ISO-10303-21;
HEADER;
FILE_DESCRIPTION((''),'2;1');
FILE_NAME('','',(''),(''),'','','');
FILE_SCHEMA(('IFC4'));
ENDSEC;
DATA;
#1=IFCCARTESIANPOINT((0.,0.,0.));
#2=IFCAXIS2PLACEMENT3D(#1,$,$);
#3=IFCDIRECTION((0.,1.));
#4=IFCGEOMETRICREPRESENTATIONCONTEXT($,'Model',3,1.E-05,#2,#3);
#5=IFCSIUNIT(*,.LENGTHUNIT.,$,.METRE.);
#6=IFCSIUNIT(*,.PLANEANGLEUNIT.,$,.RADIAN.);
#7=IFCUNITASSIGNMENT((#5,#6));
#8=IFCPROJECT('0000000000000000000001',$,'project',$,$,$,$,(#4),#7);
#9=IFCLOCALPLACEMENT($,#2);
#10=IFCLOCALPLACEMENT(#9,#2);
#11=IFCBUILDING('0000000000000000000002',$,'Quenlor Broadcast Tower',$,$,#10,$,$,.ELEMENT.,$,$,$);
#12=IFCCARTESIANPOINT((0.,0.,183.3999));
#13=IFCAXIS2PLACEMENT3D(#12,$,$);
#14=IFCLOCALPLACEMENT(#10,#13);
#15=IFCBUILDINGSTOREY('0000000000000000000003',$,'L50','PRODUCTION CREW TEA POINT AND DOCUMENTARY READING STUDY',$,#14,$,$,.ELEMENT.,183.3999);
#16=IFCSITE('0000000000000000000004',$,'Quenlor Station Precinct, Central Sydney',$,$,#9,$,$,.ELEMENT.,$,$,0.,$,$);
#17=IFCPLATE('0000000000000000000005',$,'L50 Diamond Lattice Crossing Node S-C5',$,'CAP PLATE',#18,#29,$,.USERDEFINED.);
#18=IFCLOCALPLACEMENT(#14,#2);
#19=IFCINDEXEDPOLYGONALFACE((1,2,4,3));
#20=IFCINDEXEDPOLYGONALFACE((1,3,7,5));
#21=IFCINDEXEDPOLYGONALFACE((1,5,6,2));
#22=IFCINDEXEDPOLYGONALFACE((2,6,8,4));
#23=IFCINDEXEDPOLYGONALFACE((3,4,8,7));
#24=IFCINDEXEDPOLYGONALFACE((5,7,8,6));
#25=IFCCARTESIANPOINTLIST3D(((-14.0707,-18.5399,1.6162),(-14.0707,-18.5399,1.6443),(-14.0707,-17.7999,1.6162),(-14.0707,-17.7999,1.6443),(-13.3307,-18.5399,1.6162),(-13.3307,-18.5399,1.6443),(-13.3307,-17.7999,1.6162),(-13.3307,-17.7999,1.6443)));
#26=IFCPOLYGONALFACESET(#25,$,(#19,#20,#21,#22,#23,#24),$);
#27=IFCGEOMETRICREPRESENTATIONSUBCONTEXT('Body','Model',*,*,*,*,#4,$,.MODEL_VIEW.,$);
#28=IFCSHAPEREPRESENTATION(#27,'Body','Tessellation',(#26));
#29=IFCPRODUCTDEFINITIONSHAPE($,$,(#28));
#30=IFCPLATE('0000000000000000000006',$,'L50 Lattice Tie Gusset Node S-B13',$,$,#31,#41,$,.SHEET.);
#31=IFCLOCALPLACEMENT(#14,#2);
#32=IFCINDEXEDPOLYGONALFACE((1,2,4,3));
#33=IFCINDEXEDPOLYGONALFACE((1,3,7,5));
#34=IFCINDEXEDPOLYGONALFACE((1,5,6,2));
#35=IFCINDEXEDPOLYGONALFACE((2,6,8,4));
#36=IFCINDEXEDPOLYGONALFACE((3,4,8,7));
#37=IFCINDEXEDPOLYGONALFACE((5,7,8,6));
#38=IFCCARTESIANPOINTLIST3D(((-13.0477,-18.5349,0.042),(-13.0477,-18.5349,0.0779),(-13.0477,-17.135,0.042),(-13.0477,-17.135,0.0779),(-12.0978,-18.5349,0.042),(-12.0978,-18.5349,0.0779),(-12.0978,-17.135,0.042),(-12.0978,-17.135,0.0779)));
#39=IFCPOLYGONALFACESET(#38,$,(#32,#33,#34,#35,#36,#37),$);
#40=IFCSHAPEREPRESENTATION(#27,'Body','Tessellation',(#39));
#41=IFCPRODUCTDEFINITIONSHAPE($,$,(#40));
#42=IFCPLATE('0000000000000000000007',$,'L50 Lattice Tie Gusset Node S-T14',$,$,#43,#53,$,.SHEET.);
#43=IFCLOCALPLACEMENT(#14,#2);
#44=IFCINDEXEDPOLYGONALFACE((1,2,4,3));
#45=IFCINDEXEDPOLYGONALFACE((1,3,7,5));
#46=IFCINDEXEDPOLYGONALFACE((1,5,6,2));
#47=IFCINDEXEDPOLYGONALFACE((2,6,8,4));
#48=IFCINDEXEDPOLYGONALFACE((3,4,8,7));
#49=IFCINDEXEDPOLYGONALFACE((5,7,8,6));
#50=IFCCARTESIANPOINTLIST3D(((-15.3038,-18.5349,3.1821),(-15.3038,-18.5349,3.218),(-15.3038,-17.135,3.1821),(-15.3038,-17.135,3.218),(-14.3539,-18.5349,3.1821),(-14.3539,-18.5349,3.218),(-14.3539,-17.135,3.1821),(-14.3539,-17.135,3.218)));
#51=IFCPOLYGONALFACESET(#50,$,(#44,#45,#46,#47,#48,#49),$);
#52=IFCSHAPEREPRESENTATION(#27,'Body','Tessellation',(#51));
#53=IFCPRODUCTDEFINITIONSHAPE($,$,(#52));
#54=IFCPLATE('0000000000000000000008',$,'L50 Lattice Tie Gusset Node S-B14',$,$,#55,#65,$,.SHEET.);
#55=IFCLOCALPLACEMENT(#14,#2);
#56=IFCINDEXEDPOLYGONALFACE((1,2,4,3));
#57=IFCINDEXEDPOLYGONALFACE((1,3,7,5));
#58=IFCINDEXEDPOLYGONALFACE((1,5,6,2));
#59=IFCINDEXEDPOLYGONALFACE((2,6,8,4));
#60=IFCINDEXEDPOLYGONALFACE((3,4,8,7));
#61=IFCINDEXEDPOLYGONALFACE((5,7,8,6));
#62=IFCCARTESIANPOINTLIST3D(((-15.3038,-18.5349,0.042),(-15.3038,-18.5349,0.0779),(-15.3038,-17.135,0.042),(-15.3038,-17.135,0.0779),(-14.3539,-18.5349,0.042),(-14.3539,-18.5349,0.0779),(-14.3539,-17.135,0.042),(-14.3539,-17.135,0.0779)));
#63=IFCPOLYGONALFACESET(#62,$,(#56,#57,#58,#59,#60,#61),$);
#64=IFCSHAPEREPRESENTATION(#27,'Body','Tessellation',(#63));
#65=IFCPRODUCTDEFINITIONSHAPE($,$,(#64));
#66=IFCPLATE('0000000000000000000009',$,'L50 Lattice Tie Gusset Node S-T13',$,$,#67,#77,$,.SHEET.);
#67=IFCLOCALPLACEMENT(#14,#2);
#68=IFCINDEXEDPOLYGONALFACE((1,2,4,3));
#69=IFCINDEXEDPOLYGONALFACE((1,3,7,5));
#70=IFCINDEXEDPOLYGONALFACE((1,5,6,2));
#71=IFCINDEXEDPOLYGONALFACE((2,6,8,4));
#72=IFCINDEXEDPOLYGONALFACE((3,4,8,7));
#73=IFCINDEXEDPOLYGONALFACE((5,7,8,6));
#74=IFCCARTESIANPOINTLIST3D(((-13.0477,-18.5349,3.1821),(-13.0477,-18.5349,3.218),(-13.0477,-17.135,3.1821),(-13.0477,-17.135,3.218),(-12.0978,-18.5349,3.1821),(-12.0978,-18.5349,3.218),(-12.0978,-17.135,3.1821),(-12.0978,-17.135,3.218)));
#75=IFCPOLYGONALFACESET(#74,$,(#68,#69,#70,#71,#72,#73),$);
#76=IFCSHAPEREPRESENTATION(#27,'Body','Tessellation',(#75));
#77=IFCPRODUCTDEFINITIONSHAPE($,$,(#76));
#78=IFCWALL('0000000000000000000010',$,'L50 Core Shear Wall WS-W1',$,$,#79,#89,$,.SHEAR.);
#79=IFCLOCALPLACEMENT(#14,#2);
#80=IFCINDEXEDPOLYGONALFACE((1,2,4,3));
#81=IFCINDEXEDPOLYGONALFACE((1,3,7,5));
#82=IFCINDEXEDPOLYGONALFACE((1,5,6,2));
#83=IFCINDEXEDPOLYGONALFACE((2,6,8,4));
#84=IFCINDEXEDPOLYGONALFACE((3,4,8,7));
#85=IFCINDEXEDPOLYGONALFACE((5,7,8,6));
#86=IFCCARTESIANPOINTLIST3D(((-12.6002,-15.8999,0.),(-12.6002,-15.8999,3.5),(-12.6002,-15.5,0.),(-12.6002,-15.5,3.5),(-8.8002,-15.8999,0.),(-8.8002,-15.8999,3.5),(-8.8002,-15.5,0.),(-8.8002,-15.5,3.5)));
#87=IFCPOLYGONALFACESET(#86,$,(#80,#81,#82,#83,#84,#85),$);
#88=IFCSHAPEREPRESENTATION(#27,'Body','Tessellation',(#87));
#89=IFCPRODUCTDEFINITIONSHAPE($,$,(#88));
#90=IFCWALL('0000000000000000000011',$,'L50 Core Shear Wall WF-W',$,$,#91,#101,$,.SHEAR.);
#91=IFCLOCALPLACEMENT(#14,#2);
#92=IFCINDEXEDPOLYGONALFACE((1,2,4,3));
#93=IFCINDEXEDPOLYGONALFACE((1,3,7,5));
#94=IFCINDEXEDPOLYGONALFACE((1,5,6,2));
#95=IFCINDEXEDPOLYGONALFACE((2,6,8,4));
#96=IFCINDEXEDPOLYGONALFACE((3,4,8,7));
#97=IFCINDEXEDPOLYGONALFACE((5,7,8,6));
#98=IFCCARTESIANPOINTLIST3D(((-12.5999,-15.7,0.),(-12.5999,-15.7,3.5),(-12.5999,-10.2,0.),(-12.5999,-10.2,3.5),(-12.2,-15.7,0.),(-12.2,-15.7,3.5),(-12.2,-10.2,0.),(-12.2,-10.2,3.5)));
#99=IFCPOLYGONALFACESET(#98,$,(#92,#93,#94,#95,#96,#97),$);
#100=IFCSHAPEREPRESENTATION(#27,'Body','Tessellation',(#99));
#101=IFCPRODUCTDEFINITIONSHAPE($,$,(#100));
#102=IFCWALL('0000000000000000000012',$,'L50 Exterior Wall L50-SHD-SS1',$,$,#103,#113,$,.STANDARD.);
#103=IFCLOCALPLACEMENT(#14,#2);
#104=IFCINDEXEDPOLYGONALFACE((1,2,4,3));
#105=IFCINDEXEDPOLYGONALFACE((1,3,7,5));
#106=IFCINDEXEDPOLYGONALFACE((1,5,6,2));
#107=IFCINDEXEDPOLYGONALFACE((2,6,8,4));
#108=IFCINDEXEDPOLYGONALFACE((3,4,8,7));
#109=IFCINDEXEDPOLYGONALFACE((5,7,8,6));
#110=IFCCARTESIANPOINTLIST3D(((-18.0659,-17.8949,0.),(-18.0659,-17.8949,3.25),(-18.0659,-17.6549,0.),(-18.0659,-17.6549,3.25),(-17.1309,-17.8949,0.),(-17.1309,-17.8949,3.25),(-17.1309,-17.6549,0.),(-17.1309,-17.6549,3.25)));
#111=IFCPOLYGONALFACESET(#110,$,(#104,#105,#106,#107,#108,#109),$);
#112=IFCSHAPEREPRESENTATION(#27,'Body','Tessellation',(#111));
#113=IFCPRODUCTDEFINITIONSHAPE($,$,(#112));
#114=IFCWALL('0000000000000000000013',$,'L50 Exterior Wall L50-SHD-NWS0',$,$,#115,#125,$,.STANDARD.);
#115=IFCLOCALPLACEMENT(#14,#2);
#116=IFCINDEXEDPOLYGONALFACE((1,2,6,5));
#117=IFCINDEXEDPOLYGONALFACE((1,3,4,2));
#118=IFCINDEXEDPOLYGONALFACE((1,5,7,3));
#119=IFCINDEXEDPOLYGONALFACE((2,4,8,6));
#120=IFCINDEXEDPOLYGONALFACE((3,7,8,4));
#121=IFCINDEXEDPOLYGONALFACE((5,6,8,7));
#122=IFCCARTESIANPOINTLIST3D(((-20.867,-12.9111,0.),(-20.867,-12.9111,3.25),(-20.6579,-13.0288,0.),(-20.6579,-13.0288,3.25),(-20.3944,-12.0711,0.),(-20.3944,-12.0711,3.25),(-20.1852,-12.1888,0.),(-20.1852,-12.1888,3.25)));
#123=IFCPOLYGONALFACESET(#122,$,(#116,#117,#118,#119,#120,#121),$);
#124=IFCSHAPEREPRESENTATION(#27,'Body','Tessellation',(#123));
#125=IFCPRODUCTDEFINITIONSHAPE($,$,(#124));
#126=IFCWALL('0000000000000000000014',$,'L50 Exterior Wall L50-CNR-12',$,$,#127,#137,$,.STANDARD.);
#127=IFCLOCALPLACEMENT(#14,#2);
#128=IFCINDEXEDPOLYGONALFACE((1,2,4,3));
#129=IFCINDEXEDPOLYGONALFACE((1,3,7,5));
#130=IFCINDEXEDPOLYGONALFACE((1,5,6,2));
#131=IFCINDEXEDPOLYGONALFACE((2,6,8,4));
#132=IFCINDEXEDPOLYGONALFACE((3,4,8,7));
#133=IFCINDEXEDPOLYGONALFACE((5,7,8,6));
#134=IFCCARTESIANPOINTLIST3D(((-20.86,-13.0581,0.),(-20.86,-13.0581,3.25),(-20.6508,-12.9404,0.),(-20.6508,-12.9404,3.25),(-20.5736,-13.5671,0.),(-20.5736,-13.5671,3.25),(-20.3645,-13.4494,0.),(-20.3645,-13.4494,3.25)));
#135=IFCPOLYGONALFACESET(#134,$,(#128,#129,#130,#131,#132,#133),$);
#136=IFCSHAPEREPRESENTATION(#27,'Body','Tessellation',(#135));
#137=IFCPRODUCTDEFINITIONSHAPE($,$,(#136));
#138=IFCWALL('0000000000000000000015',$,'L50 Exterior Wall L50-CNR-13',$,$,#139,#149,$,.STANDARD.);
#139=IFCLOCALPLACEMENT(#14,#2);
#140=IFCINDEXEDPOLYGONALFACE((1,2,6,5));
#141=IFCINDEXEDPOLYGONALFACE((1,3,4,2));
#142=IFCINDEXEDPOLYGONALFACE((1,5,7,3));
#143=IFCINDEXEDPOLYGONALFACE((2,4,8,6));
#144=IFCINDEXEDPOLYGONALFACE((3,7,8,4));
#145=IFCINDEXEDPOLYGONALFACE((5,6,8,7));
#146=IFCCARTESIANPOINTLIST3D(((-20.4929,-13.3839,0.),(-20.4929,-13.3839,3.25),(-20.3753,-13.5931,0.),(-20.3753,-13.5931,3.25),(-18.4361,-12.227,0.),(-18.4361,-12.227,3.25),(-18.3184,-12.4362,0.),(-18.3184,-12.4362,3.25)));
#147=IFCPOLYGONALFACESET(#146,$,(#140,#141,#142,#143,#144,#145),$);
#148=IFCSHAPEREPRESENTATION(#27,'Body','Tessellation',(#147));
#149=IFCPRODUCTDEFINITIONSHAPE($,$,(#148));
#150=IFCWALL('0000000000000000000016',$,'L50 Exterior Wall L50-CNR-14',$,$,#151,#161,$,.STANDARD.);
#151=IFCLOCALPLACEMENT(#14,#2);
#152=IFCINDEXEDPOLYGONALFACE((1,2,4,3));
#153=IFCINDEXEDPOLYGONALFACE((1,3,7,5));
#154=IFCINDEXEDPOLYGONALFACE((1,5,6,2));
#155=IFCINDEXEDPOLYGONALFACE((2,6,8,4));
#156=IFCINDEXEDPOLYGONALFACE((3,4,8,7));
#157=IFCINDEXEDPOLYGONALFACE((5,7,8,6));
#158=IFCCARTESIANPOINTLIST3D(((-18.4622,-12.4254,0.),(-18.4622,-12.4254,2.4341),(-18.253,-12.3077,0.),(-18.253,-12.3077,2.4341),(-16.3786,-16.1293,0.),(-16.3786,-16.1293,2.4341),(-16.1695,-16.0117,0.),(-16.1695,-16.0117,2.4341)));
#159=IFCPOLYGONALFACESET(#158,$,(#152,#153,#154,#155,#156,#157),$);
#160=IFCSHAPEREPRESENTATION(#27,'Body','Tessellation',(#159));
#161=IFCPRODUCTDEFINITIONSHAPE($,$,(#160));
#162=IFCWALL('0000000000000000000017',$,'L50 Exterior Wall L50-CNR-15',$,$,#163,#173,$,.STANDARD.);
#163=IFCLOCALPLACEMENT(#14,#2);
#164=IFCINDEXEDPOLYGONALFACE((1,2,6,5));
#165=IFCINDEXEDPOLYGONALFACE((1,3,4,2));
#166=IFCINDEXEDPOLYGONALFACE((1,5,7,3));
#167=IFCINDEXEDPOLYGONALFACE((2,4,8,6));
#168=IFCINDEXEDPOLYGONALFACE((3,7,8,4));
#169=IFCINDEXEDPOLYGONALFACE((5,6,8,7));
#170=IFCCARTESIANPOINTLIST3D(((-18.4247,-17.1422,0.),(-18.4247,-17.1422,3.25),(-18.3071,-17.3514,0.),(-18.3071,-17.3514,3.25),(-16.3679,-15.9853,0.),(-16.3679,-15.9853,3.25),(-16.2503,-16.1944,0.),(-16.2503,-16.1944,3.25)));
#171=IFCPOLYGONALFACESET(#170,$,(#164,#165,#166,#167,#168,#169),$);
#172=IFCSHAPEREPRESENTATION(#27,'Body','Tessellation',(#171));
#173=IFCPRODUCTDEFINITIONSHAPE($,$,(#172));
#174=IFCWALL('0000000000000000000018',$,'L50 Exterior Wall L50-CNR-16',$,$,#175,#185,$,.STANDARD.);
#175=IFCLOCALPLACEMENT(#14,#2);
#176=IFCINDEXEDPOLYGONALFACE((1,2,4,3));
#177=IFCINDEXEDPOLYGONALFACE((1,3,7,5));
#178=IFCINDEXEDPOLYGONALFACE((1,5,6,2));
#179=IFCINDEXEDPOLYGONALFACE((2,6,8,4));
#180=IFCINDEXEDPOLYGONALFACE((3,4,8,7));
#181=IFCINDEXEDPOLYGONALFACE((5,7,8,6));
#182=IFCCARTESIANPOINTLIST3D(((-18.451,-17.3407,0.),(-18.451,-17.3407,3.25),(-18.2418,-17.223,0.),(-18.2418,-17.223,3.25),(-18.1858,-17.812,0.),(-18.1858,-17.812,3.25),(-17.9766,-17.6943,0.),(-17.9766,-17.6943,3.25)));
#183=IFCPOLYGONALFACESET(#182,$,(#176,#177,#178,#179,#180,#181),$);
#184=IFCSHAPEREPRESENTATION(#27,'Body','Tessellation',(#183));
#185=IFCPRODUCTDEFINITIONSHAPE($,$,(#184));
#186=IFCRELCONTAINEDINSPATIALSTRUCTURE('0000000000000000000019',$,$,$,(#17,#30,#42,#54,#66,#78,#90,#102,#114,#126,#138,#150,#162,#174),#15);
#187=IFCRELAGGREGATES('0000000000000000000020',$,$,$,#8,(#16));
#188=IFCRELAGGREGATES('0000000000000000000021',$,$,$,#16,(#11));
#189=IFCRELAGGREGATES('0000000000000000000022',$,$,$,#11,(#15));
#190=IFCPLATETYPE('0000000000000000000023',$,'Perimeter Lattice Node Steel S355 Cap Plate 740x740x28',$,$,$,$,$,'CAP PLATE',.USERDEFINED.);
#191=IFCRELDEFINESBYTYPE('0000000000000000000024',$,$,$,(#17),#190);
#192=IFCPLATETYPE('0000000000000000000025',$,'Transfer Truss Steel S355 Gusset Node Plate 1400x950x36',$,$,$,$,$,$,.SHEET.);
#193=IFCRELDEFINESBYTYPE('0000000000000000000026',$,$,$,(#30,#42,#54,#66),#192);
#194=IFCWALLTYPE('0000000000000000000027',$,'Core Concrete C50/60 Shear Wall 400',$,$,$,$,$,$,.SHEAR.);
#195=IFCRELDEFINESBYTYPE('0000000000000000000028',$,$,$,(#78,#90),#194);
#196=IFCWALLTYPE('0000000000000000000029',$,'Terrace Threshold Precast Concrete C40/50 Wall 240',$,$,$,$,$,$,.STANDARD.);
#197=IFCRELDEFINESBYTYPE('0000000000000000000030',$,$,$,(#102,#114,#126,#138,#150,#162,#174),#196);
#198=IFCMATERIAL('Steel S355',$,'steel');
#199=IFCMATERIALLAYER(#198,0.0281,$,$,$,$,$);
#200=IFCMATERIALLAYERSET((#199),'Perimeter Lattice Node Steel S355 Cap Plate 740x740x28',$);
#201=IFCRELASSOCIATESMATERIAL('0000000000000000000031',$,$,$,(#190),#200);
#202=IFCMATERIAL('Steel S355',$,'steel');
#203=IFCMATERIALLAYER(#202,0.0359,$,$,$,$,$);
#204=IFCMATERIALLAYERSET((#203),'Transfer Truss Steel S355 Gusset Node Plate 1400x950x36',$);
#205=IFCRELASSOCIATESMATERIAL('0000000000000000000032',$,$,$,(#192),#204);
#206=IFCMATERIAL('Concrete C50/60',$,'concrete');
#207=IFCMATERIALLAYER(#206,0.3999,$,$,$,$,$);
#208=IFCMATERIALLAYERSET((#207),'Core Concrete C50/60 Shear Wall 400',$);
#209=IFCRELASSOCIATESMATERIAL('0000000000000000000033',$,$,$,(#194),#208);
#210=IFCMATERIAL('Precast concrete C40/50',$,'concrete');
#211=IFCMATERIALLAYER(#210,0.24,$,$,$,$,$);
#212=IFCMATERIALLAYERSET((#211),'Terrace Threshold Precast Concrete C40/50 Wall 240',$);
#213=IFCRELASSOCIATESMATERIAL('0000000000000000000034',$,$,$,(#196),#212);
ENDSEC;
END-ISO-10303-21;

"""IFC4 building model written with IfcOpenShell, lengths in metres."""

from ifc_helpers import new_model, si_unit, direction, frame, frame_2d, origin, origin_2d, place, context, subcontext, project, spatial, rectangle, extrude, material, layer, layer_set, type_object, element, save


model = new_model("IFC4")

# Units and contexts
model_context = context("Model", 3, precision=1e-05, world=origin(), true_north=direction((0.0, 1.0)))
body_context = subcontext(model_context, "Body", "Model", "MODEL_VIEW")
ifc_project = project(units=[si_unit("LENGTHUNIT", "METRE"), si_unit("PLANEANGLEUNIT", "RADIAN")], contexts=[model_context])

# Site, building, storey
site_placement = place(None, origin())
site = spatial("IfcSite", under=ifc_project, at=site_placement, Name="Quenlor Station Precinct, Central Sydney", CompositionType="ELEMENT", RefElevation=0.0)
building_placement = place(site_placement, origin())
building = spatial("IfcBuilding", under=site, at=building_placement, Name="Quenlor Broadcast Tower", CompositionType="ELEMENT")
storey_placement = place(building_placement, frame((0.0, 0.0, 183.3999)))
storey = spatial("IfcBuildingStorey", under=building, at=storey_placement, Name="L50", Description="PRODUCTION CREW TEA POINT AND DOCUMENTARY READING STUDY", CompositionType="ELEMENT", Elevation=183.3999)

# Plates
ifc_material_1 = material(Name="Steel S355", Category="steel")
ifc_layer_1 = layer(ifc_material_1, 0.0281)
ifc_layer_set_1 = layer_set([ifc_layer_1], Name="Perimeter Lattice Node Steel S355 Cap Plate 740x740x28")
plate_type_1 = type_object("IfcPlateType", Name="Perimeter Lattice Node Steel S355 Cap Plate 740x740x28", ElementType="CAP PLATE", PredefinedType="USERDEFINED", material=ifc_layer_set_1)
plate_placement = place(storey_placement, frame((-13.7007, -18.1699, 1.6162), z_axis=(0.0, 0.0, 1.0), x_axis=(-1.0, 0.0, 0.0)))
element("IfcPlate", 1, at=plate_placement, inside=storey, type_object=plate_type_1, Name="L50 Diamond Lattice Crossing Node S-C5", ObjectType="CAP PLATE", PredefinedType="USERDEFINED", context=body_context, shape_type="SweptSolid", body=[
    extrude(rectangle(XDim=0.74, YDim=0.74, at=origin_2d()), origin(), (0.0, 0.0, 1.0), 0.0281),
])
ifc_material_2 = material(Name="Steel S355", Category="steel")
ifc_layer_2 = layer(ifc_material_2, 0.0359)
ifc_layer_set_2 = layer_set([ifc_layer_2], Name="Transfer Truss Steel S355 Gusset Node Plate 1400x950x36")
plate_type_2 = type_object("IfcPlateType", Name="Transfer Truss Steel S355 Gusset Node Plate 1400x950x36", PredefinedType="SHEET", material=ifc_layer_set_2)
for number, where, z_axis, x_axis, name in (
    (2, (-12.5728, -17.835, 0.042), (0.0, 0.0, 1.0), (0.0, -1.0, 0.0), "L50 Lattice Tie Gusset Node S-B13"),
    (3, (-14.8289, -17.835, 3.1821), (0.0, 0.0, 1.0), (0.0, -1.0, 0.0), "L50 Lattice Tie Gusset Node S-T14"),
    (4, (-14.8289, -17.835, 0.042), (0.0, 0.0, 1.0), (0.0, -1.0, 0.0), "L50 Lattice Tie Gusset Node S-B14"),
    (5, (-12.5728, -17.835, 3.1821), (0.0, 0.0, 1.0), (0.0, -1.0, 0.0), "L50 Lattice Tie Gusset Node S-T13"),
):
    element("IfcPlate", number, at=place(storey_placement, frame(where, z_axis=z_axis, x_axis=x_axis)), inside=storey, type_object=plate_type_2, Name=name, PredefinedType="SHEET", context=body_context, shape_type="SweptSolid", body=[
        extrude(rectangle(XDim=1.3999, YDim=0.95, at=origin_2d()), origin(), (0.0, 0.0, 1.0), 0.0359),
    ])

# Walls
ifc_material_3 = material(Name="Concrete C50/60", Category="concrete")
ifc_layer_3 = layer(ifc_material_3, 0.3999)
ifc_layer_set_3 = layer_set([ifc_layer_3], Name="Core Concrete C50/60 Shear Wall 400")
wall_type_1 = type_object("IfcWallType", Name="Core Concrete C50/60 Shear Wall 400", PredefinedType="SHEAR", material=ifc_layer_set_3)
wall_1_placement = place(storey_placement, frame((-12.6001, -15.7, 0.0), z_axis=(0.0, 0.0, 1.0), x_axis=(1.0, 0.0, 0.0)))
element("IfcWall", 6, at=wall_1_placement, inside=storey, type_object=wall_type_1, Name="L50 Core Shear Wall WS-W1", PredefinedType="SHEAR", context=body_context, shape_type="SweptSolid", body=[
    extrude(rectangle(XDim=3.8, YDim=0.3999, at=frame_2d((1.8999, 0.0))), origin(), (0.0, 0.0, 1.0), 3.5),
])
wall_2_placement = place(storey_placement, frame((-12.3999, -15.7, 0.0), z_axis=(0.0, 0.0, 1.0), x_axis=(0.0, 1.0, 0.0)))
element("IfcWall", 7, at=wall_2_placement, inside=storey, type_object=wall_type_1, Name="L50 Core Shear Wall WF-W", PredefinedType="SHEAR", context=body_context, shape_type="SweptSolid", body=[
    extrude(rectangle(XDim=5.5, YDim=0.3999, at=frame_2d((2.75, 0.0))), origin(), (0.0, 0.0, 1.0), 3.5),
])
ifc_material_4 = material(Name="Precast concrete C40/50", Category="concrete")
ifc_layer_4 = layer(ifc_material_4, 0.24)
ifc_layer_set_4 = layer_set([ifc_layer_4], Name="Terrace Threshold Precast Concrete C40/50 Wall 240")
wall_type_2 = type_object("IfcWallType", Name="Terrace Threshold Precast Concrete C40/50 Wall 240", PredefinedType="STANDARD", material=ifc_layer_set_4)
wall_3_placement = place(storey_placement, frame((-17.1309, -17.7749, 0.0), z_axis=(0.0, 0.0, 1.0), x_axis=(-1.0, 0.0, 0.0)))
element("IfcWall", 8, at=wall_3_placement, inside=storey, type_object=wall_type_2, Name="L50 Exterior Wall L50-SHD-SS1", PredefinedType="STANDARD", context=body_context, shape_type="SweptSolid", body=[
    extrude(rectangle(XDim=0.9351, YDim=0.24, at=frame_2d((0.4675, 0.0))), origin(), (0.0, 0.0, 1.0), 3.25),
])
wall_4_placement = place(storey_placement, frame((-20.7625, -12.97, 0.0), z_axis=(0.0, 0.0, 1.0), x_axis=(0.490345, 0.871528, 0.0)))
element("IfcWall", 9, at=wall_4_placement, inside=storey, type_object=wall_type_2, Name="L50 Exterior Wall L50-SHD-NWS0", PredefinedType="STANDARD", context=body_context, shape_type="SweptSolid", body=[
    extrude(rectangle(XDim=0.9639, YDim=0.24, at=frame_2d((0.4819, 0.0))), origin(), (0.0, 0.0, 1.0), 3.25),
])
wall_5_placement = place(storey_placement, frame((-20.7554, -12.9993, 0.0), z_axis=(0.0, 0.0, 1.0), x_axis=(0.490321, -0.871542, 0.0)))
element("IfcWall", 10, at=wall_5_placement, inside=storey, type_object=wall_type_2, Name="L50 Exterior Wall L50-CNR-12", PredefinedType="STANDARD", context=body_context, shape_type="SweptSolid", body=[
    extrude(rectangle(XDim=0.584, YDim=0.24, at=frame_2d((0.292, 0.0))), origin(), (0.0, 0.0, 1.0), 3.25),
])
wall_6_placement = place(storey_placement, frame((-20.4341, -13.4885, 0.0), z_axis=(0.0, 0.0, 1.0), x_axis=(0.871578, 0.490256, 0.0)))
element("IfcWall", 11, at=wall_6_placement, inside=storey, type_object=wall_type_2, Name="L50 Exterior Wall L50-CNR-13", PredefinedType="STANDARD", context=body_context, shape_type="SweptSolid", body=[
    extrude(rectangle(XDim=2.3599, YDim=0.24, at=frame_2d((1.1799, 0.0))), origin(), (0.0, 0.0, 1.0), 3.25),
])
wall_7_placement = place(storey_placement, frame((-18.3577, -12.3665, 0.0), z_axis=(0.0, 0.0, 1.0), x_axis=(0.490275, -0.871568, 0.0)))
element("IfcWall", 12, at=wall_7_placement, inside=storey, type_object=wall_type_2, Name="L50 Exterior Wall L50-CNR-14", PredefinedType="STANDARD", context=body_context, shape_type="SweptSolid", body=[
    extrude(rectangle(XDim=4.2498, YDim=0.24, at=frame_2d((2.125, 0.0))), origin(), (0.0, 0.0, 1.0), 2.4341),
])
wall_8_placement = place(storey_placement, frame((-16.3091, -16.0898, 0.0), z_axis=(0.0, 0.0, 1.0), x_axis=(-0.871578, -0.490256, 0.0)))
element("IfcWall", 13, at=wall_8_placement, inside=storey, type_object=wall_type_2, Name="L50 Exterior Wall L50-CNR-15", PredefinedType="STANDARD", context=body_context, shape_type="SweptSolid", body=[
    extrude(rectangle(XDim=2.3599, YDim=0.24, at=frame_2d((1.1799, 0.0))), origin(), (0.0, 0.0, 1.0), 3.25),
])
wall_9_placement = place(storey_placement, frame((-18.3464, -17.2817, 0.0), z_axis=(0.0, 0.0, 1.0), x_axis=(0.49039, -0.871503, 0.0)))
element("IfcWall", 14, at=wall_9_placement, inside=storey, type_object=wall_type_2, Name="L50 Exterior Wall L50-CNR-16", PredefinedType="STANDARD", context=body_context, shape_type="SweptSolid", body=[
    extrude(rectangle(XDim=0.5408, YDim=0.24, at=frame_2d((0.2705, 0.0))), origin(), (0.0, 0.0, 1.0), 3.25),
])

save(model, "model.ifc")
